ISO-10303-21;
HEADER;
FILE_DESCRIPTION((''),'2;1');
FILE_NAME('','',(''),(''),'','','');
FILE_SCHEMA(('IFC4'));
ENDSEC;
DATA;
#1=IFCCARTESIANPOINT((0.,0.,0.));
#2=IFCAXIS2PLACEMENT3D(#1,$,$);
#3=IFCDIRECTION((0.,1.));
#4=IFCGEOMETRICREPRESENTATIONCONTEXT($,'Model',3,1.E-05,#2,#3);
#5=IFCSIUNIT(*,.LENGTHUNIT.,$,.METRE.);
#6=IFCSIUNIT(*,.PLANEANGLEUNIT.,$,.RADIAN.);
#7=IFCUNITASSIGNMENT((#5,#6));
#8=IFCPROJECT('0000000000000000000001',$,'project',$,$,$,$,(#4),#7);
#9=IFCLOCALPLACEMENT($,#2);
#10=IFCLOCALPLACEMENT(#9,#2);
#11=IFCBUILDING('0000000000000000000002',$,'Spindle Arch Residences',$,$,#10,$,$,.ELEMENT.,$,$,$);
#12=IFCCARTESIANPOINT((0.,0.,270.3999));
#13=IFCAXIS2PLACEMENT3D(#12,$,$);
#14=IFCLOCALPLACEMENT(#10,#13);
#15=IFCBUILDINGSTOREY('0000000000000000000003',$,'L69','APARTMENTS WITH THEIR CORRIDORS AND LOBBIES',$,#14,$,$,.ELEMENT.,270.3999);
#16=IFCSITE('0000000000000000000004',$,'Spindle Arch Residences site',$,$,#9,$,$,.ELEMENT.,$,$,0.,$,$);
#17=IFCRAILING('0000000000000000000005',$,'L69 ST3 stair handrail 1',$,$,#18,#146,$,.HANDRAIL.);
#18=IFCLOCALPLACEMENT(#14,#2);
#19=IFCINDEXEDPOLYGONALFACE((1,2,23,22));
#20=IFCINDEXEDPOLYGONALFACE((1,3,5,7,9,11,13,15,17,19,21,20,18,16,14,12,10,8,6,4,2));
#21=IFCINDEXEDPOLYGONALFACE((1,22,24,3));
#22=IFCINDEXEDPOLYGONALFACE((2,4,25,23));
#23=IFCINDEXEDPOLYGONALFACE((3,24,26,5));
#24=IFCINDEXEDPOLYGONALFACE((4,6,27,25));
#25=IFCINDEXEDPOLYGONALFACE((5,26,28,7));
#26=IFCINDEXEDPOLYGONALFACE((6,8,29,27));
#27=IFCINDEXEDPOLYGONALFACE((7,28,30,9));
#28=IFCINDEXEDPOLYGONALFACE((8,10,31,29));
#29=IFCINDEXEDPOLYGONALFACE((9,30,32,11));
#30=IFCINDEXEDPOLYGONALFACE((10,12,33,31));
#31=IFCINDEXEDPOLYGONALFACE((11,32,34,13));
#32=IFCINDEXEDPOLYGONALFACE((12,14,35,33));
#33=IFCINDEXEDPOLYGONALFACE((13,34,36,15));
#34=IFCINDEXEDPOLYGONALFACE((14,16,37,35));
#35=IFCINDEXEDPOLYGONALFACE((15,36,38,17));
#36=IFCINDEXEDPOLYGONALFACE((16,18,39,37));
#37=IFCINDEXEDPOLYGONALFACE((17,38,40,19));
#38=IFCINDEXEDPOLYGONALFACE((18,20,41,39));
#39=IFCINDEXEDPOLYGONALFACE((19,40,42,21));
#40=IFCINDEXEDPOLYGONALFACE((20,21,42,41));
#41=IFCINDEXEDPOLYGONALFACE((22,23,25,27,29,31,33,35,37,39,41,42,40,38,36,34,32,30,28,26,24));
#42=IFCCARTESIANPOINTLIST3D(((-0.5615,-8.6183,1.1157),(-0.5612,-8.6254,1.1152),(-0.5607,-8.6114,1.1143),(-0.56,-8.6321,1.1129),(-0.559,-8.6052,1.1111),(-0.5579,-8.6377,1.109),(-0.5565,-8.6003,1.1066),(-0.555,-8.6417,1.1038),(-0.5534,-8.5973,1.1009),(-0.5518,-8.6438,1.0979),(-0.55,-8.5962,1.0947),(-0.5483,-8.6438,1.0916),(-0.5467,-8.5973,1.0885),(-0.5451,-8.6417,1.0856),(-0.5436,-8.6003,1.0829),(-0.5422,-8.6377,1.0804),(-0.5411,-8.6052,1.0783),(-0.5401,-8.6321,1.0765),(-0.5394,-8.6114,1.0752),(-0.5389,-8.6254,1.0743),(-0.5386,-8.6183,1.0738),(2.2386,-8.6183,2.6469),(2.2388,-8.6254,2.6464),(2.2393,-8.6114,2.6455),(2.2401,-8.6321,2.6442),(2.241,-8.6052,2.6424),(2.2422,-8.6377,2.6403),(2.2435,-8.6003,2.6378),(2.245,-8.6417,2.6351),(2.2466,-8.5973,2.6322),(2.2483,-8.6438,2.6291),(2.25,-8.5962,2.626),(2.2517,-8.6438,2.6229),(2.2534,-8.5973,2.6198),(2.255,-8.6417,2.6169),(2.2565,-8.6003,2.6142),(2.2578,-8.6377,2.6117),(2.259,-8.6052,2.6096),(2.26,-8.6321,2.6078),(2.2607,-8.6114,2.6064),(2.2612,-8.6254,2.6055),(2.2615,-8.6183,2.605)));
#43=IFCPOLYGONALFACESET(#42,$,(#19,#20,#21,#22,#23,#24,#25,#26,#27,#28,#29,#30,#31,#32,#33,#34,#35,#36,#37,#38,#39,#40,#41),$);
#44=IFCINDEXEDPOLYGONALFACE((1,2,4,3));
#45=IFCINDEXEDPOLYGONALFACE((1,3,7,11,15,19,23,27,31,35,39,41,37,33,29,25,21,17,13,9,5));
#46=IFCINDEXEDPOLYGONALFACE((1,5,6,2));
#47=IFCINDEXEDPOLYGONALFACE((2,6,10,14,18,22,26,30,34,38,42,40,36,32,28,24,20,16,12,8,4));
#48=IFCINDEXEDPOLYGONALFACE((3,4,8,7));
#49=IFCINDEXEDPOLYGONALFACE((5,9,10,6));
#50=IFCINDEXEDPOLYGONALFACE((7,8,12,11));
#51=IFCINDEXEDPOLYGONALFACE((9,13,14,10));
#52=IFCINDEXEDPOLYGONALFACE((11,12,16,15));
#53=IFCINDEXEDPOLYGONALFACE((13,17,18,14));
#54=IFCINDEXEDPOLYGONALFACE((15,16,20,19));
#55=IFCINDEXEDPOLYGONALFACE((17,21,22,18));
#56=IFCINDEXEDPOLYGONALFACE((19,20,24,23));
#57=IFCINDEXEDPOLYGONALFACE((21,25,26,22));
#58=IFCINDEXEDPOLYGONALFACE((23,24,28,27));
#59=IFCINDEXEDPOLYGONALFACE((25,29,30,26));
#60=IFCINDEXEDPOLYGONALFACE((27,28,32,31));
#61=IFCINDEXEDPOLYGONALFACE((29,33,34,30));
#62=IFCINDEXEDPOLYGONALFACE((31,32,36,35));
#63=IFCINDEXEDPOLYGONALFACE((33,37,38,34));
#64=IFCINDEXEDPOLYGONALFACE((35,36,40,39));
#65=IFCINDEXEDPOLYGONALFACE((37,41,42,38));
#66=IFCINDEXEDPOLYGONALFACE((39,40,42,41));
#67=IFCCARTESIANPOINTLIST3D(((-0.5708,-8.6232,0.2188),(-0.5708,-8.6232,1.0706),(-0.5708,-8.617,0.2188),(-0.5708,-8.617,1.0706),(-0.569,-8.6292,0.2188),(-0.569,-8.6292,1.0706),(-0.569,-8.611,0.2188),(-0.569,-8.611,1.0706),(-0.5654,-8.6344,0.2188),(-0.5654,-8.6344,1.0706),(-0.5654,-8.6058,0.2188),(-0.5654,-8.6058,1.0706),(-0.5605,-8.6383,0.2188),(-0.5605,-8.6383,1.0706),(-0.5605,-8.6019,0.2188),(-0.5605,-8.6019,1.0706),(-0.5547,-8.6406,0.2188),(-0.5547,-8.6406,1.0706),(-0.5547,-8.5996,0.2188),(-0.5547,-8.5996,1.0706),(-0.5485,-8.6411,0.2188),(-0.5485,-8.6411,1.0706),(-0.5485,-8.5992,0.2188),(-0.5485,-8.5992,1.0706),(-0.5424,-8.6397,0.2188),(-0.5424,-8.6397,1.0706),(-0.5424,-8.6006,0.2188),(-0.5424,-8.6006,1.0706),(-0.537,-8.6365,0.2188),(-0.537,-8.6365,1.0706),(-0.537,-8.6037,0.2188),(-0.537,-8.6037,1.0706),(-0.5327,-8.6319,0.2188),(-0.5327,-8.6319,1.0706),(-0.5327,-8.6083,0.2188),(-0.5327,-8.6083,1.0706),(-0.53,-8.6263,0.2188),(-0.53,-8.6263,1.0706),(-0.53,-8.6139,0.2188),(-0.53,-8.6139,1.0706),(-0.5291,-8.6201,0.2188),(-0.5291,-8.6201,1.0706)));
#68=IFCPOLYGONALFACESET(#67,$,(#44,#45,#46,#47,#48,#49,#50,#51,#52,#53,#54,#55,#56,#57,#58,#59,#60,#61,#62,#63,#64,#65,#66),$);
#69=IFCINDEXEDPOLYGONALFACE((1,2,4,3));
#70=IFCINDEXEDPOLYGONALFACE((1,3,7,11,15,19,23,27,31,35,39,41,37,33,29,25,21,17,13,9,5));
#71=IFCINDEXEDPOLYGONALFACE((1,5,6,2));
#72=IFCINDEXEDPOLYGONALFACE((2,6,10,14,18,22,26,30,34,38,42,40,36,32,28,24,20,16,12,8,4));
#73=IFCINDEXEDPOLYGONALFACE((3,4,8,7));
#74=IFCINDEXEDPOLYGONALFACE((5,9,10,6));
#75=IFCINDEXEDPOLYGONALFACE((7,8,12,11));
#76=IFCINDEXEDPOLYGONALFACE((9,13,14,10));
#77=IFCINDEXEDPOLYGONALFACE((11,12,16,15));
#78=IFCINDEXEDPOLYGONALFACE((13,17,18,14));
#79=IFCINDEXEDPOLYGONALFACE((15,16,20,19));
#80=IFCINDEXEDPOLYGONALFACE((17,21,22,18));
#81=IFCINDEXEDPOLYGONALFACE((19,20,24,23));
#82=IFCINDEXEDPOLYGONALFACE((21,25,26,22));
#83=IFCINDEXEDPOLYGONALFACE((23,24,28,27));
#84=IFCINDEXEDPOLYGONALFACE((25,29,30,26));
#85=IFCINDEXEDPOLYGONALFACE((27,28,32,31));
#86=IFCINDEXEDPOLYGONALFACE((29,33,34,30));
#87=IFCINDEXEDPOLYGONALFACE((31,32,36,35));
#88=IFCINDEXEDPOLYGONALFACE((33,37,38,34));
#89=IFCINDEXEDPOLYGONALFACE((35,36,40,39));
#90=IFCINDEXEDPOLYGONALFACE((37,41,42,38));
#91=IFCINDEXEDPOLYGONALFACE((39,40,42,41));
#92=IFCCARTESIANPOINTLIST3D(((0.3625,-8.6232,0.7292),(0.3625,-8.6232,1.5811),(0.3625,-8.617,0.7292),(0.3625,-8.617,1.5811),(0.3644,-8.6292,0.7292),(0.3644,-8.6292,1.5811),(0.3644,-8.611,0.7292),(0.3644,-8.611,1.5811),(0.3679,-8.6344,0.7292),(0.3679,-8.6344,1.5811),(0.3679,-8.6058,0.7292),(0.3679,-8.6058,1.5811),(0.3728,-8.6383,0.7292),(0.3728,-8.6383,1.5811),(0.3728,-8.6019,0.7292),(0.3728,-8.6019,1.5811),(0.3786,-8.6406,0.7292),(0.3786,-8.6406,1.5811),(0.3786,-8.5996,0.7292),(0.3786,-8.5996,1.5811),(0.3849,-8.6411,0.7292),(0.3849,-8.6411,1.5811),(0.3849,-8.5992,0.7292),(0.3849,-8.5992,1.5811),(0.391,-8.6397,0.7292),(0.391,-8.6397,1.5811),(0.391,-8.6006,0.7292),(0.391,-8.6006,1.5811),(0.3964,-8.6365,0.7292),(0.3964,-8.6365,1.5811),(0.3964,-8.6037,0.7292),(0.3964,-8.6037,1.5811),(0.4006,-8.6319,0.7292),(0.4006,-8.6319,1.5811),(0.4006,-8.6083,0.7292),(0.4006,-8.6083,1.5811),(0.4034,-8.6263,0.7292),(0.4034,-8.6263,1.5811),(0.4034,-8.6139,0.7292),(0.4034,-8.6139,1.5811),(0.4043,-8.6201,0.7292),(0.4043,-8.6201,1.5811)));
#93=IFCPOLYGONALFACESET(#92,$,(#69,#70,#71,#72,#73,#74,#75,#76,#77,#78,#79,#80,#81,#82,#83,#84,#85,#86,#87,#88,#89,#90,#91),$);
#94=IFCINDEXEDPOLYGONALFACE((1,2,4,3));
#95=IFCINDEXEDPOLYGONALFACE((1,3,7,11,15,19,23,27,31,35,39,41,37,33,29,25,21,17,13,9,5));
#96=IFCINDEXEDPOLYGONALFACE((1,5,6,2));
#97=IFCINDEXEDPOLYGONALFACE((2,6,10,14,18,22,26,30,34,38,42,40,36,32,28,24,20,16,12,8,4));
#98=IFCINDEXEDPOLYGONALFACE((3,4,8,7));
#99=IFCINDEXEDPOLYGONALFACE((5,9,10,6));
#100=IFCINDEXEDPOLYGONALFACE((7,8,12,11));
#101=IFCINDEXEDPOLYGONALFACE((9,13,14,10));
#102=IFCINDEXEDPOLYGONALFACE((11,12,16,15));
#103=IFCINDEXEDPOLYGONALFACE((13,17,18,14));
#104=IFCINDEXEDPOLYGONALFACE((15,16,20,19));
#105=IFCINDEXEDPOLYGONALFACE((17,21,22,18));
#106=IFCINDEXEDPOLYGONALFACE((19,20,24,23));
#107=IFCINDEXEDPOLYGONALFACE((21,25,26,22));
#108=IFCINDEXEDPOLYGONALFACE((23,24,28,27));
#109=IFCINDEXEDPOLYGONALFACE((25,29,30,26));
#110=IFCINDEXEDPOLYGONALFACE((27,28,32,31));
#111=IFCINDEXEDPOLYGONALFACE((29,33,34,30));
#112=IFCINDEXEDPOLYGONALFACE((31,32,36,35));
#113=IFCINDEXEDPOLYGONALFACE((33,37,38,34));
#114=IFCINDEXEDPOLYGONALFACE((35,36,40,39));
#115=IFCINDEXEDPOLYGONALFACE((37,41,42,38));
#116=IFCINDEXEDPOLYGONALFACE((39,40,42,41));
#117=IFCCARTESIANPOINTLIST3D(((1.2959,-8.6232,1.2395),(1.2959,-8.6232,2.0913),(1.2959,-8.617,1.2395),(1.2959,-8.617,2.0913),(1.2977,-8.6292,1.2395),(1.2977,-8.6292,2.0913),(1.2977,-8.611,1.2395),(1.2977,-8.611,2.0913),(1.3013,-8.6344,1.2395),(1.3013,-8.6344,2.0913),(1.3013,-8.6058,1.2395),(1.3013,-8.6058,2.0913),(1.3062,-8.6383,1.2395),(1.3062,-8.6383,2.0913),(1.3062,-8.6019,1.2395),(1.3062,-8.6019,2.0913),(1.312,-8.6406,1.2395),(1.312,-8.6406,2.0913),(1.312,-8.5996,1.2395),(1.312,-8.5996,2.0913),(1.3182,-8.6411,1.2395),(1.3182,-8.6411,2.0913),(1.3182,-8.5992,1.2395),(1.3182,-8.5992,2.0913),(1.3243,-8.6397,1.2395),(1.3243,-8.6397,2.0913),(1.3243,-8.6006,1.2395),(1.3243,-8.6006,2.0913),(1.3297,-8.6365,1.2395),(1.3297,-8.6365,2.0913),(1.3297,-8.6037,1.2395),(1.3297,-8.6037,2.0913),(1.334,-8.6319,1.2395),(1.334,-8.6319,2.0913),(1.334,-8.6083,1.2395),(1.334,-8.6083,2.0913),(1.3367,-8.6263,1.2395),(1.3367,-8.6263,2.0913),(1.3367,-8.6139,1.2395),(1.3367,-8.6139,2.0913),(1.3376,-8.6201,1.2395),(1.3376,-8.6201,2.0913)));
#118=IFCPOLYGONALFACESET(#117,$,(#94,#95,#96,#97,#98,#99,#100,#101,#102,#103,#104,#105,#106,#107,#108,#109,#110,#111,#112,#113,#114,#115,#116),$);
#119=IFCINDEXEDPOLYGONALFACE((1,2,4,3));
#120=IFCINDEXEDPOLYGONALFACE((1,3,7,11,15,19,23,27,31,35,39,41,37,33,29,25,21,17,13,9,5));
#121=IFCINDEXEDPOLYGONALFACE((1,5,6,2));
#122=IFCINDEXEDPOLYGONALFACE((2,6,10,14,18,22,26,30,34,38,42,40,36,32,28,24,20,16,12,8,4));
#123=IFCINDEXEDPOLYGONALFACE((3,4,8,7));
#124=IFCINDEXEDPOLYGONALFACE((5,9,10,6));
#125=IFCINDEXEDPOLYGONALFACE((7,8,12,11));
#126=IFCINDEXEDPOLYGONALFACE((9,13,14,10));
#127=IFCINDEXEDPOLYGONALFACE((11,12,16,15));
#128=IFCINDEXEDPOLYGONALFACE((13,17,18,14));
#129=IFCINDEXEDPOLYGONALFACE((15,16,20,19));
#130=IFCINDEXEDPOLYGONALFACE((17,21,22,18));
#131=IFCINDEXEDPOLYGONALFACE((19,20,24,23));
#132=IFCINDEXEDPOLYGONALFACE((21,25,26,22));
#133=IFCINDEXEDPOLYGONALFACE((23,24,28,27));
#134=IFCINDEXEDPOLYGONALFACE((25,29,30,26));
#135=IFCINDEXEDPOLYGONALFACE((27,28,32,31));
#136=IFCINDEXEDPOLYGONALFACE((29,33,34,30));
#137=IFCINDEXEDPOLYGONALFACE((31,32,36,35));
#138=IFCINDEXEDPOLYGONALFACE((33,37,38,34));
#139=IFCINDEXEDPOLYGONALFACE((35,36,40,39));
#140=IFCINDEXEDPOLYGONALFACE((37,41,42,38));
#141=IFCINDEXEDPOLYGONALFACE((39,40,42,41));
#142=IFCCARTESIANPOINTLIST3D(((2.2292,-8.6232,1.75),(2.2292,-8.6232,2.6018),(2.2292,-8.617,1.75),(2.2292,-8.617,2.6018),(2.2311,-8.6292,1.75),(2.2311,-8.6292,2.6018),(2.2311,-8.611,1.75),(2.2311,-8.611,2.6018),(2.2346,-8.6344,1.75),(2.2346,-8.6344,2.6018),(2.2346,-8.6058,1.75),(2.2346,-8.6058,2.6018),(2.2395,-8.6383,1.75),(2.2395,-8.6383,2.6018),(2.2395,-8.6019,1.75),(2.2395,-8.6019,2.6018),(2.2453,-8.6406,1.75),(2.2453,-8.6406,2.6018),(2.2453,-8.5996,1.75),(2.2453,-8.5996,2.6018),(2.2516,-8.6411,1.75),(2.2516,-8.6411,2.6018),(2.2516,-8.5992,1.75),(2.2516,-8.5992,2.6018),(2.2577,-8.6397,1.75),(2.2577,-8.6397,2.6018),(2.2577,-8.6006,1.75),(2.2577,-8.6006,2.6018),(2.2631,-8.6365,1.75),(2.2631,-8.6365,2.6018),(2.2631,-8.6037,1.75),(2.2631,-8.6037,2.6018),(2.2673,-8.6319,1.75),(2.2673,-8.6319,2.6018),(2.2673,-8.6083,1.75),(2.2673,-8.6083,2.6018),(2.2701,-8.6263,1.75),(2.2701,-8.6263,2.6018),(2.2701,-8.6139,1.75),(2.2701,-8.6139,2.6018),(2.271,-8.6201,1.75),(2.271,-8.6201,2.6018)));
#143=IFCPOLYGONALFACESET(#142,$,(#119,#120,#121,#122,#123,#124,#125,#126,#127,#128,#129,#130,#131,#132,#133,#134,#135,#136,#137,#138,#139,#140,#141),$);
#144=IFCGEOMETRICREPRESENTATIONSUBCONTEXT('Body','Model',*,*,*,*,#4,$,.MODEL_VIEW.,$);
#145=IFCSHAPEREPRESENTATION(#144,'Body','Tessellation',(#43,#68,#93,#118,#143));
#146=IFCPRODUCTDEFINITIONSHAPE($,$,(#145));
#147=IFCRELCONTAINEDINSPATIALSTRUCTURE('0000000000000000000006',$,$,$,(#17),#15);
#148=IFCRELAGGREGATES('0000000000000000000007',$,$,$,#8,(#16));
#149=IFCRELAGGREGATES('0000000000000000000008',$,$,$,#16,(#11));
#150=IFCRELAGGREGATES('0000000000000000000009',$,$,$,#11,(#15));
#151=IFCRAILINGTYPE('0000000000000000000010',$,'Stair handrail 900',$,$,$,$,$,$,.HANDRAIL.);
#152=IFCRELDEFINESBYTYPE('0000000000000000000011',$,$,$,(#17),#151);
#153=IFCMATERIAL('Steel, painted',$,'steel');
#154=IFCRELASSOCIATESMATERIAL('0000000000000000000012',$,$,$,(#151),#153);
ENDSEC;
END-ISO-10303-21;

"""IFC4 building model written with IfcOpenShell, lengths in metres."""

from ifc_helpers import new_model, si_unit, direction, frame, origin, origin_2d, place, context, subcontext, project, spatial, circle, extrude, material, type_object, element, save


model = new_model("IFC4")

# Units and contexts
model_context = context("Model", 3, precision=1e-05, world=origin(), true_north=direction((0.0, 1.0)))
body_context = subcontext(model_context, "Body", "Model", "MODEL_VIEW")
ifc_project = project(units=[si_unit("LENGTHUNIT", "METRE"), si_unit("PLANEANGLEUNIT", "RADIAN")], contexts=[model_context])

# Site, building, storey
site_placement = place(None, origin())
site = spatial("IfcSite", under=ifc_project, at=site_placement, Name="Spindle Arch Residences site", CompositionType="ELEMENT", RefElevation=0.0)
building_placement = place(site_placement, origin())
building = spatial("IfcBuilding", under=site, at=building_placement, Name="Spindle Arch Residences", CompositionType="ELEMENT")
storey_placement = place(building_placement, frame((0.0, 0.0, 270.3999)))
storey = spatial("IfcBuildingStorey", under=building, at=storey_placement, Name="L69", Description="APARTMENTS WITH THEIR CORRIDORS AND LOBBIES", CompositionType="ELEMENT", Elevation=270.3999)

# Railing
ifc_material_1 = material(Name="Steel, painted", Category="steel")
railing_type_1 = type_object("IfcRailingType", Name="Stair handrail 900", PredefinedType="HANDRAIL", material=ifc_material_1)
railing_1_placement = place(storey_placement, frame((-0.55, -8.6201, 0.2188)))
element("IfcRailing", 1, at=railing_1_placement, inside=storey, type_object=railing_type_1, Name="L69 ST3 stair handrail 1", PredefinedType="HANDRAIL", context=body_context, shape_type="SweptSolid", body=[
    extrude(circle(Radius=0.0239, at=origin_2d()), frame((0.0, 0.0, 0.876), z_axis=(0.877375, 0.0, 0.479806), x_axis=(0.0, 1.0, 0.0)), (0.0, 0.0, 1.0), 3.1914),
    extrude(circle(Radius=0.021, at=origin_2d()), origin(), (0.0, 0.0, 1.0), 0.8518),
    extrude(circle(Radius=0.021, at=origin_2d()), frame((0.9333, 0.0, 0.5105)), (0.0, 0.0, 1.0), 0.8518),
    extrude(circle(Radius=0.021, at=origin_2d()), frame((1.8667, 0.0, 1.0208)), (0.0, 0.0, 1.0), 0.8518),
    extrude(circle(Radius=0.021, at=origin_2d()), frame((2.8, 0.0, 1.5312)), (0.0, 0.0, 1.0), 0.8518),
])

save(model, "model.ifc")
